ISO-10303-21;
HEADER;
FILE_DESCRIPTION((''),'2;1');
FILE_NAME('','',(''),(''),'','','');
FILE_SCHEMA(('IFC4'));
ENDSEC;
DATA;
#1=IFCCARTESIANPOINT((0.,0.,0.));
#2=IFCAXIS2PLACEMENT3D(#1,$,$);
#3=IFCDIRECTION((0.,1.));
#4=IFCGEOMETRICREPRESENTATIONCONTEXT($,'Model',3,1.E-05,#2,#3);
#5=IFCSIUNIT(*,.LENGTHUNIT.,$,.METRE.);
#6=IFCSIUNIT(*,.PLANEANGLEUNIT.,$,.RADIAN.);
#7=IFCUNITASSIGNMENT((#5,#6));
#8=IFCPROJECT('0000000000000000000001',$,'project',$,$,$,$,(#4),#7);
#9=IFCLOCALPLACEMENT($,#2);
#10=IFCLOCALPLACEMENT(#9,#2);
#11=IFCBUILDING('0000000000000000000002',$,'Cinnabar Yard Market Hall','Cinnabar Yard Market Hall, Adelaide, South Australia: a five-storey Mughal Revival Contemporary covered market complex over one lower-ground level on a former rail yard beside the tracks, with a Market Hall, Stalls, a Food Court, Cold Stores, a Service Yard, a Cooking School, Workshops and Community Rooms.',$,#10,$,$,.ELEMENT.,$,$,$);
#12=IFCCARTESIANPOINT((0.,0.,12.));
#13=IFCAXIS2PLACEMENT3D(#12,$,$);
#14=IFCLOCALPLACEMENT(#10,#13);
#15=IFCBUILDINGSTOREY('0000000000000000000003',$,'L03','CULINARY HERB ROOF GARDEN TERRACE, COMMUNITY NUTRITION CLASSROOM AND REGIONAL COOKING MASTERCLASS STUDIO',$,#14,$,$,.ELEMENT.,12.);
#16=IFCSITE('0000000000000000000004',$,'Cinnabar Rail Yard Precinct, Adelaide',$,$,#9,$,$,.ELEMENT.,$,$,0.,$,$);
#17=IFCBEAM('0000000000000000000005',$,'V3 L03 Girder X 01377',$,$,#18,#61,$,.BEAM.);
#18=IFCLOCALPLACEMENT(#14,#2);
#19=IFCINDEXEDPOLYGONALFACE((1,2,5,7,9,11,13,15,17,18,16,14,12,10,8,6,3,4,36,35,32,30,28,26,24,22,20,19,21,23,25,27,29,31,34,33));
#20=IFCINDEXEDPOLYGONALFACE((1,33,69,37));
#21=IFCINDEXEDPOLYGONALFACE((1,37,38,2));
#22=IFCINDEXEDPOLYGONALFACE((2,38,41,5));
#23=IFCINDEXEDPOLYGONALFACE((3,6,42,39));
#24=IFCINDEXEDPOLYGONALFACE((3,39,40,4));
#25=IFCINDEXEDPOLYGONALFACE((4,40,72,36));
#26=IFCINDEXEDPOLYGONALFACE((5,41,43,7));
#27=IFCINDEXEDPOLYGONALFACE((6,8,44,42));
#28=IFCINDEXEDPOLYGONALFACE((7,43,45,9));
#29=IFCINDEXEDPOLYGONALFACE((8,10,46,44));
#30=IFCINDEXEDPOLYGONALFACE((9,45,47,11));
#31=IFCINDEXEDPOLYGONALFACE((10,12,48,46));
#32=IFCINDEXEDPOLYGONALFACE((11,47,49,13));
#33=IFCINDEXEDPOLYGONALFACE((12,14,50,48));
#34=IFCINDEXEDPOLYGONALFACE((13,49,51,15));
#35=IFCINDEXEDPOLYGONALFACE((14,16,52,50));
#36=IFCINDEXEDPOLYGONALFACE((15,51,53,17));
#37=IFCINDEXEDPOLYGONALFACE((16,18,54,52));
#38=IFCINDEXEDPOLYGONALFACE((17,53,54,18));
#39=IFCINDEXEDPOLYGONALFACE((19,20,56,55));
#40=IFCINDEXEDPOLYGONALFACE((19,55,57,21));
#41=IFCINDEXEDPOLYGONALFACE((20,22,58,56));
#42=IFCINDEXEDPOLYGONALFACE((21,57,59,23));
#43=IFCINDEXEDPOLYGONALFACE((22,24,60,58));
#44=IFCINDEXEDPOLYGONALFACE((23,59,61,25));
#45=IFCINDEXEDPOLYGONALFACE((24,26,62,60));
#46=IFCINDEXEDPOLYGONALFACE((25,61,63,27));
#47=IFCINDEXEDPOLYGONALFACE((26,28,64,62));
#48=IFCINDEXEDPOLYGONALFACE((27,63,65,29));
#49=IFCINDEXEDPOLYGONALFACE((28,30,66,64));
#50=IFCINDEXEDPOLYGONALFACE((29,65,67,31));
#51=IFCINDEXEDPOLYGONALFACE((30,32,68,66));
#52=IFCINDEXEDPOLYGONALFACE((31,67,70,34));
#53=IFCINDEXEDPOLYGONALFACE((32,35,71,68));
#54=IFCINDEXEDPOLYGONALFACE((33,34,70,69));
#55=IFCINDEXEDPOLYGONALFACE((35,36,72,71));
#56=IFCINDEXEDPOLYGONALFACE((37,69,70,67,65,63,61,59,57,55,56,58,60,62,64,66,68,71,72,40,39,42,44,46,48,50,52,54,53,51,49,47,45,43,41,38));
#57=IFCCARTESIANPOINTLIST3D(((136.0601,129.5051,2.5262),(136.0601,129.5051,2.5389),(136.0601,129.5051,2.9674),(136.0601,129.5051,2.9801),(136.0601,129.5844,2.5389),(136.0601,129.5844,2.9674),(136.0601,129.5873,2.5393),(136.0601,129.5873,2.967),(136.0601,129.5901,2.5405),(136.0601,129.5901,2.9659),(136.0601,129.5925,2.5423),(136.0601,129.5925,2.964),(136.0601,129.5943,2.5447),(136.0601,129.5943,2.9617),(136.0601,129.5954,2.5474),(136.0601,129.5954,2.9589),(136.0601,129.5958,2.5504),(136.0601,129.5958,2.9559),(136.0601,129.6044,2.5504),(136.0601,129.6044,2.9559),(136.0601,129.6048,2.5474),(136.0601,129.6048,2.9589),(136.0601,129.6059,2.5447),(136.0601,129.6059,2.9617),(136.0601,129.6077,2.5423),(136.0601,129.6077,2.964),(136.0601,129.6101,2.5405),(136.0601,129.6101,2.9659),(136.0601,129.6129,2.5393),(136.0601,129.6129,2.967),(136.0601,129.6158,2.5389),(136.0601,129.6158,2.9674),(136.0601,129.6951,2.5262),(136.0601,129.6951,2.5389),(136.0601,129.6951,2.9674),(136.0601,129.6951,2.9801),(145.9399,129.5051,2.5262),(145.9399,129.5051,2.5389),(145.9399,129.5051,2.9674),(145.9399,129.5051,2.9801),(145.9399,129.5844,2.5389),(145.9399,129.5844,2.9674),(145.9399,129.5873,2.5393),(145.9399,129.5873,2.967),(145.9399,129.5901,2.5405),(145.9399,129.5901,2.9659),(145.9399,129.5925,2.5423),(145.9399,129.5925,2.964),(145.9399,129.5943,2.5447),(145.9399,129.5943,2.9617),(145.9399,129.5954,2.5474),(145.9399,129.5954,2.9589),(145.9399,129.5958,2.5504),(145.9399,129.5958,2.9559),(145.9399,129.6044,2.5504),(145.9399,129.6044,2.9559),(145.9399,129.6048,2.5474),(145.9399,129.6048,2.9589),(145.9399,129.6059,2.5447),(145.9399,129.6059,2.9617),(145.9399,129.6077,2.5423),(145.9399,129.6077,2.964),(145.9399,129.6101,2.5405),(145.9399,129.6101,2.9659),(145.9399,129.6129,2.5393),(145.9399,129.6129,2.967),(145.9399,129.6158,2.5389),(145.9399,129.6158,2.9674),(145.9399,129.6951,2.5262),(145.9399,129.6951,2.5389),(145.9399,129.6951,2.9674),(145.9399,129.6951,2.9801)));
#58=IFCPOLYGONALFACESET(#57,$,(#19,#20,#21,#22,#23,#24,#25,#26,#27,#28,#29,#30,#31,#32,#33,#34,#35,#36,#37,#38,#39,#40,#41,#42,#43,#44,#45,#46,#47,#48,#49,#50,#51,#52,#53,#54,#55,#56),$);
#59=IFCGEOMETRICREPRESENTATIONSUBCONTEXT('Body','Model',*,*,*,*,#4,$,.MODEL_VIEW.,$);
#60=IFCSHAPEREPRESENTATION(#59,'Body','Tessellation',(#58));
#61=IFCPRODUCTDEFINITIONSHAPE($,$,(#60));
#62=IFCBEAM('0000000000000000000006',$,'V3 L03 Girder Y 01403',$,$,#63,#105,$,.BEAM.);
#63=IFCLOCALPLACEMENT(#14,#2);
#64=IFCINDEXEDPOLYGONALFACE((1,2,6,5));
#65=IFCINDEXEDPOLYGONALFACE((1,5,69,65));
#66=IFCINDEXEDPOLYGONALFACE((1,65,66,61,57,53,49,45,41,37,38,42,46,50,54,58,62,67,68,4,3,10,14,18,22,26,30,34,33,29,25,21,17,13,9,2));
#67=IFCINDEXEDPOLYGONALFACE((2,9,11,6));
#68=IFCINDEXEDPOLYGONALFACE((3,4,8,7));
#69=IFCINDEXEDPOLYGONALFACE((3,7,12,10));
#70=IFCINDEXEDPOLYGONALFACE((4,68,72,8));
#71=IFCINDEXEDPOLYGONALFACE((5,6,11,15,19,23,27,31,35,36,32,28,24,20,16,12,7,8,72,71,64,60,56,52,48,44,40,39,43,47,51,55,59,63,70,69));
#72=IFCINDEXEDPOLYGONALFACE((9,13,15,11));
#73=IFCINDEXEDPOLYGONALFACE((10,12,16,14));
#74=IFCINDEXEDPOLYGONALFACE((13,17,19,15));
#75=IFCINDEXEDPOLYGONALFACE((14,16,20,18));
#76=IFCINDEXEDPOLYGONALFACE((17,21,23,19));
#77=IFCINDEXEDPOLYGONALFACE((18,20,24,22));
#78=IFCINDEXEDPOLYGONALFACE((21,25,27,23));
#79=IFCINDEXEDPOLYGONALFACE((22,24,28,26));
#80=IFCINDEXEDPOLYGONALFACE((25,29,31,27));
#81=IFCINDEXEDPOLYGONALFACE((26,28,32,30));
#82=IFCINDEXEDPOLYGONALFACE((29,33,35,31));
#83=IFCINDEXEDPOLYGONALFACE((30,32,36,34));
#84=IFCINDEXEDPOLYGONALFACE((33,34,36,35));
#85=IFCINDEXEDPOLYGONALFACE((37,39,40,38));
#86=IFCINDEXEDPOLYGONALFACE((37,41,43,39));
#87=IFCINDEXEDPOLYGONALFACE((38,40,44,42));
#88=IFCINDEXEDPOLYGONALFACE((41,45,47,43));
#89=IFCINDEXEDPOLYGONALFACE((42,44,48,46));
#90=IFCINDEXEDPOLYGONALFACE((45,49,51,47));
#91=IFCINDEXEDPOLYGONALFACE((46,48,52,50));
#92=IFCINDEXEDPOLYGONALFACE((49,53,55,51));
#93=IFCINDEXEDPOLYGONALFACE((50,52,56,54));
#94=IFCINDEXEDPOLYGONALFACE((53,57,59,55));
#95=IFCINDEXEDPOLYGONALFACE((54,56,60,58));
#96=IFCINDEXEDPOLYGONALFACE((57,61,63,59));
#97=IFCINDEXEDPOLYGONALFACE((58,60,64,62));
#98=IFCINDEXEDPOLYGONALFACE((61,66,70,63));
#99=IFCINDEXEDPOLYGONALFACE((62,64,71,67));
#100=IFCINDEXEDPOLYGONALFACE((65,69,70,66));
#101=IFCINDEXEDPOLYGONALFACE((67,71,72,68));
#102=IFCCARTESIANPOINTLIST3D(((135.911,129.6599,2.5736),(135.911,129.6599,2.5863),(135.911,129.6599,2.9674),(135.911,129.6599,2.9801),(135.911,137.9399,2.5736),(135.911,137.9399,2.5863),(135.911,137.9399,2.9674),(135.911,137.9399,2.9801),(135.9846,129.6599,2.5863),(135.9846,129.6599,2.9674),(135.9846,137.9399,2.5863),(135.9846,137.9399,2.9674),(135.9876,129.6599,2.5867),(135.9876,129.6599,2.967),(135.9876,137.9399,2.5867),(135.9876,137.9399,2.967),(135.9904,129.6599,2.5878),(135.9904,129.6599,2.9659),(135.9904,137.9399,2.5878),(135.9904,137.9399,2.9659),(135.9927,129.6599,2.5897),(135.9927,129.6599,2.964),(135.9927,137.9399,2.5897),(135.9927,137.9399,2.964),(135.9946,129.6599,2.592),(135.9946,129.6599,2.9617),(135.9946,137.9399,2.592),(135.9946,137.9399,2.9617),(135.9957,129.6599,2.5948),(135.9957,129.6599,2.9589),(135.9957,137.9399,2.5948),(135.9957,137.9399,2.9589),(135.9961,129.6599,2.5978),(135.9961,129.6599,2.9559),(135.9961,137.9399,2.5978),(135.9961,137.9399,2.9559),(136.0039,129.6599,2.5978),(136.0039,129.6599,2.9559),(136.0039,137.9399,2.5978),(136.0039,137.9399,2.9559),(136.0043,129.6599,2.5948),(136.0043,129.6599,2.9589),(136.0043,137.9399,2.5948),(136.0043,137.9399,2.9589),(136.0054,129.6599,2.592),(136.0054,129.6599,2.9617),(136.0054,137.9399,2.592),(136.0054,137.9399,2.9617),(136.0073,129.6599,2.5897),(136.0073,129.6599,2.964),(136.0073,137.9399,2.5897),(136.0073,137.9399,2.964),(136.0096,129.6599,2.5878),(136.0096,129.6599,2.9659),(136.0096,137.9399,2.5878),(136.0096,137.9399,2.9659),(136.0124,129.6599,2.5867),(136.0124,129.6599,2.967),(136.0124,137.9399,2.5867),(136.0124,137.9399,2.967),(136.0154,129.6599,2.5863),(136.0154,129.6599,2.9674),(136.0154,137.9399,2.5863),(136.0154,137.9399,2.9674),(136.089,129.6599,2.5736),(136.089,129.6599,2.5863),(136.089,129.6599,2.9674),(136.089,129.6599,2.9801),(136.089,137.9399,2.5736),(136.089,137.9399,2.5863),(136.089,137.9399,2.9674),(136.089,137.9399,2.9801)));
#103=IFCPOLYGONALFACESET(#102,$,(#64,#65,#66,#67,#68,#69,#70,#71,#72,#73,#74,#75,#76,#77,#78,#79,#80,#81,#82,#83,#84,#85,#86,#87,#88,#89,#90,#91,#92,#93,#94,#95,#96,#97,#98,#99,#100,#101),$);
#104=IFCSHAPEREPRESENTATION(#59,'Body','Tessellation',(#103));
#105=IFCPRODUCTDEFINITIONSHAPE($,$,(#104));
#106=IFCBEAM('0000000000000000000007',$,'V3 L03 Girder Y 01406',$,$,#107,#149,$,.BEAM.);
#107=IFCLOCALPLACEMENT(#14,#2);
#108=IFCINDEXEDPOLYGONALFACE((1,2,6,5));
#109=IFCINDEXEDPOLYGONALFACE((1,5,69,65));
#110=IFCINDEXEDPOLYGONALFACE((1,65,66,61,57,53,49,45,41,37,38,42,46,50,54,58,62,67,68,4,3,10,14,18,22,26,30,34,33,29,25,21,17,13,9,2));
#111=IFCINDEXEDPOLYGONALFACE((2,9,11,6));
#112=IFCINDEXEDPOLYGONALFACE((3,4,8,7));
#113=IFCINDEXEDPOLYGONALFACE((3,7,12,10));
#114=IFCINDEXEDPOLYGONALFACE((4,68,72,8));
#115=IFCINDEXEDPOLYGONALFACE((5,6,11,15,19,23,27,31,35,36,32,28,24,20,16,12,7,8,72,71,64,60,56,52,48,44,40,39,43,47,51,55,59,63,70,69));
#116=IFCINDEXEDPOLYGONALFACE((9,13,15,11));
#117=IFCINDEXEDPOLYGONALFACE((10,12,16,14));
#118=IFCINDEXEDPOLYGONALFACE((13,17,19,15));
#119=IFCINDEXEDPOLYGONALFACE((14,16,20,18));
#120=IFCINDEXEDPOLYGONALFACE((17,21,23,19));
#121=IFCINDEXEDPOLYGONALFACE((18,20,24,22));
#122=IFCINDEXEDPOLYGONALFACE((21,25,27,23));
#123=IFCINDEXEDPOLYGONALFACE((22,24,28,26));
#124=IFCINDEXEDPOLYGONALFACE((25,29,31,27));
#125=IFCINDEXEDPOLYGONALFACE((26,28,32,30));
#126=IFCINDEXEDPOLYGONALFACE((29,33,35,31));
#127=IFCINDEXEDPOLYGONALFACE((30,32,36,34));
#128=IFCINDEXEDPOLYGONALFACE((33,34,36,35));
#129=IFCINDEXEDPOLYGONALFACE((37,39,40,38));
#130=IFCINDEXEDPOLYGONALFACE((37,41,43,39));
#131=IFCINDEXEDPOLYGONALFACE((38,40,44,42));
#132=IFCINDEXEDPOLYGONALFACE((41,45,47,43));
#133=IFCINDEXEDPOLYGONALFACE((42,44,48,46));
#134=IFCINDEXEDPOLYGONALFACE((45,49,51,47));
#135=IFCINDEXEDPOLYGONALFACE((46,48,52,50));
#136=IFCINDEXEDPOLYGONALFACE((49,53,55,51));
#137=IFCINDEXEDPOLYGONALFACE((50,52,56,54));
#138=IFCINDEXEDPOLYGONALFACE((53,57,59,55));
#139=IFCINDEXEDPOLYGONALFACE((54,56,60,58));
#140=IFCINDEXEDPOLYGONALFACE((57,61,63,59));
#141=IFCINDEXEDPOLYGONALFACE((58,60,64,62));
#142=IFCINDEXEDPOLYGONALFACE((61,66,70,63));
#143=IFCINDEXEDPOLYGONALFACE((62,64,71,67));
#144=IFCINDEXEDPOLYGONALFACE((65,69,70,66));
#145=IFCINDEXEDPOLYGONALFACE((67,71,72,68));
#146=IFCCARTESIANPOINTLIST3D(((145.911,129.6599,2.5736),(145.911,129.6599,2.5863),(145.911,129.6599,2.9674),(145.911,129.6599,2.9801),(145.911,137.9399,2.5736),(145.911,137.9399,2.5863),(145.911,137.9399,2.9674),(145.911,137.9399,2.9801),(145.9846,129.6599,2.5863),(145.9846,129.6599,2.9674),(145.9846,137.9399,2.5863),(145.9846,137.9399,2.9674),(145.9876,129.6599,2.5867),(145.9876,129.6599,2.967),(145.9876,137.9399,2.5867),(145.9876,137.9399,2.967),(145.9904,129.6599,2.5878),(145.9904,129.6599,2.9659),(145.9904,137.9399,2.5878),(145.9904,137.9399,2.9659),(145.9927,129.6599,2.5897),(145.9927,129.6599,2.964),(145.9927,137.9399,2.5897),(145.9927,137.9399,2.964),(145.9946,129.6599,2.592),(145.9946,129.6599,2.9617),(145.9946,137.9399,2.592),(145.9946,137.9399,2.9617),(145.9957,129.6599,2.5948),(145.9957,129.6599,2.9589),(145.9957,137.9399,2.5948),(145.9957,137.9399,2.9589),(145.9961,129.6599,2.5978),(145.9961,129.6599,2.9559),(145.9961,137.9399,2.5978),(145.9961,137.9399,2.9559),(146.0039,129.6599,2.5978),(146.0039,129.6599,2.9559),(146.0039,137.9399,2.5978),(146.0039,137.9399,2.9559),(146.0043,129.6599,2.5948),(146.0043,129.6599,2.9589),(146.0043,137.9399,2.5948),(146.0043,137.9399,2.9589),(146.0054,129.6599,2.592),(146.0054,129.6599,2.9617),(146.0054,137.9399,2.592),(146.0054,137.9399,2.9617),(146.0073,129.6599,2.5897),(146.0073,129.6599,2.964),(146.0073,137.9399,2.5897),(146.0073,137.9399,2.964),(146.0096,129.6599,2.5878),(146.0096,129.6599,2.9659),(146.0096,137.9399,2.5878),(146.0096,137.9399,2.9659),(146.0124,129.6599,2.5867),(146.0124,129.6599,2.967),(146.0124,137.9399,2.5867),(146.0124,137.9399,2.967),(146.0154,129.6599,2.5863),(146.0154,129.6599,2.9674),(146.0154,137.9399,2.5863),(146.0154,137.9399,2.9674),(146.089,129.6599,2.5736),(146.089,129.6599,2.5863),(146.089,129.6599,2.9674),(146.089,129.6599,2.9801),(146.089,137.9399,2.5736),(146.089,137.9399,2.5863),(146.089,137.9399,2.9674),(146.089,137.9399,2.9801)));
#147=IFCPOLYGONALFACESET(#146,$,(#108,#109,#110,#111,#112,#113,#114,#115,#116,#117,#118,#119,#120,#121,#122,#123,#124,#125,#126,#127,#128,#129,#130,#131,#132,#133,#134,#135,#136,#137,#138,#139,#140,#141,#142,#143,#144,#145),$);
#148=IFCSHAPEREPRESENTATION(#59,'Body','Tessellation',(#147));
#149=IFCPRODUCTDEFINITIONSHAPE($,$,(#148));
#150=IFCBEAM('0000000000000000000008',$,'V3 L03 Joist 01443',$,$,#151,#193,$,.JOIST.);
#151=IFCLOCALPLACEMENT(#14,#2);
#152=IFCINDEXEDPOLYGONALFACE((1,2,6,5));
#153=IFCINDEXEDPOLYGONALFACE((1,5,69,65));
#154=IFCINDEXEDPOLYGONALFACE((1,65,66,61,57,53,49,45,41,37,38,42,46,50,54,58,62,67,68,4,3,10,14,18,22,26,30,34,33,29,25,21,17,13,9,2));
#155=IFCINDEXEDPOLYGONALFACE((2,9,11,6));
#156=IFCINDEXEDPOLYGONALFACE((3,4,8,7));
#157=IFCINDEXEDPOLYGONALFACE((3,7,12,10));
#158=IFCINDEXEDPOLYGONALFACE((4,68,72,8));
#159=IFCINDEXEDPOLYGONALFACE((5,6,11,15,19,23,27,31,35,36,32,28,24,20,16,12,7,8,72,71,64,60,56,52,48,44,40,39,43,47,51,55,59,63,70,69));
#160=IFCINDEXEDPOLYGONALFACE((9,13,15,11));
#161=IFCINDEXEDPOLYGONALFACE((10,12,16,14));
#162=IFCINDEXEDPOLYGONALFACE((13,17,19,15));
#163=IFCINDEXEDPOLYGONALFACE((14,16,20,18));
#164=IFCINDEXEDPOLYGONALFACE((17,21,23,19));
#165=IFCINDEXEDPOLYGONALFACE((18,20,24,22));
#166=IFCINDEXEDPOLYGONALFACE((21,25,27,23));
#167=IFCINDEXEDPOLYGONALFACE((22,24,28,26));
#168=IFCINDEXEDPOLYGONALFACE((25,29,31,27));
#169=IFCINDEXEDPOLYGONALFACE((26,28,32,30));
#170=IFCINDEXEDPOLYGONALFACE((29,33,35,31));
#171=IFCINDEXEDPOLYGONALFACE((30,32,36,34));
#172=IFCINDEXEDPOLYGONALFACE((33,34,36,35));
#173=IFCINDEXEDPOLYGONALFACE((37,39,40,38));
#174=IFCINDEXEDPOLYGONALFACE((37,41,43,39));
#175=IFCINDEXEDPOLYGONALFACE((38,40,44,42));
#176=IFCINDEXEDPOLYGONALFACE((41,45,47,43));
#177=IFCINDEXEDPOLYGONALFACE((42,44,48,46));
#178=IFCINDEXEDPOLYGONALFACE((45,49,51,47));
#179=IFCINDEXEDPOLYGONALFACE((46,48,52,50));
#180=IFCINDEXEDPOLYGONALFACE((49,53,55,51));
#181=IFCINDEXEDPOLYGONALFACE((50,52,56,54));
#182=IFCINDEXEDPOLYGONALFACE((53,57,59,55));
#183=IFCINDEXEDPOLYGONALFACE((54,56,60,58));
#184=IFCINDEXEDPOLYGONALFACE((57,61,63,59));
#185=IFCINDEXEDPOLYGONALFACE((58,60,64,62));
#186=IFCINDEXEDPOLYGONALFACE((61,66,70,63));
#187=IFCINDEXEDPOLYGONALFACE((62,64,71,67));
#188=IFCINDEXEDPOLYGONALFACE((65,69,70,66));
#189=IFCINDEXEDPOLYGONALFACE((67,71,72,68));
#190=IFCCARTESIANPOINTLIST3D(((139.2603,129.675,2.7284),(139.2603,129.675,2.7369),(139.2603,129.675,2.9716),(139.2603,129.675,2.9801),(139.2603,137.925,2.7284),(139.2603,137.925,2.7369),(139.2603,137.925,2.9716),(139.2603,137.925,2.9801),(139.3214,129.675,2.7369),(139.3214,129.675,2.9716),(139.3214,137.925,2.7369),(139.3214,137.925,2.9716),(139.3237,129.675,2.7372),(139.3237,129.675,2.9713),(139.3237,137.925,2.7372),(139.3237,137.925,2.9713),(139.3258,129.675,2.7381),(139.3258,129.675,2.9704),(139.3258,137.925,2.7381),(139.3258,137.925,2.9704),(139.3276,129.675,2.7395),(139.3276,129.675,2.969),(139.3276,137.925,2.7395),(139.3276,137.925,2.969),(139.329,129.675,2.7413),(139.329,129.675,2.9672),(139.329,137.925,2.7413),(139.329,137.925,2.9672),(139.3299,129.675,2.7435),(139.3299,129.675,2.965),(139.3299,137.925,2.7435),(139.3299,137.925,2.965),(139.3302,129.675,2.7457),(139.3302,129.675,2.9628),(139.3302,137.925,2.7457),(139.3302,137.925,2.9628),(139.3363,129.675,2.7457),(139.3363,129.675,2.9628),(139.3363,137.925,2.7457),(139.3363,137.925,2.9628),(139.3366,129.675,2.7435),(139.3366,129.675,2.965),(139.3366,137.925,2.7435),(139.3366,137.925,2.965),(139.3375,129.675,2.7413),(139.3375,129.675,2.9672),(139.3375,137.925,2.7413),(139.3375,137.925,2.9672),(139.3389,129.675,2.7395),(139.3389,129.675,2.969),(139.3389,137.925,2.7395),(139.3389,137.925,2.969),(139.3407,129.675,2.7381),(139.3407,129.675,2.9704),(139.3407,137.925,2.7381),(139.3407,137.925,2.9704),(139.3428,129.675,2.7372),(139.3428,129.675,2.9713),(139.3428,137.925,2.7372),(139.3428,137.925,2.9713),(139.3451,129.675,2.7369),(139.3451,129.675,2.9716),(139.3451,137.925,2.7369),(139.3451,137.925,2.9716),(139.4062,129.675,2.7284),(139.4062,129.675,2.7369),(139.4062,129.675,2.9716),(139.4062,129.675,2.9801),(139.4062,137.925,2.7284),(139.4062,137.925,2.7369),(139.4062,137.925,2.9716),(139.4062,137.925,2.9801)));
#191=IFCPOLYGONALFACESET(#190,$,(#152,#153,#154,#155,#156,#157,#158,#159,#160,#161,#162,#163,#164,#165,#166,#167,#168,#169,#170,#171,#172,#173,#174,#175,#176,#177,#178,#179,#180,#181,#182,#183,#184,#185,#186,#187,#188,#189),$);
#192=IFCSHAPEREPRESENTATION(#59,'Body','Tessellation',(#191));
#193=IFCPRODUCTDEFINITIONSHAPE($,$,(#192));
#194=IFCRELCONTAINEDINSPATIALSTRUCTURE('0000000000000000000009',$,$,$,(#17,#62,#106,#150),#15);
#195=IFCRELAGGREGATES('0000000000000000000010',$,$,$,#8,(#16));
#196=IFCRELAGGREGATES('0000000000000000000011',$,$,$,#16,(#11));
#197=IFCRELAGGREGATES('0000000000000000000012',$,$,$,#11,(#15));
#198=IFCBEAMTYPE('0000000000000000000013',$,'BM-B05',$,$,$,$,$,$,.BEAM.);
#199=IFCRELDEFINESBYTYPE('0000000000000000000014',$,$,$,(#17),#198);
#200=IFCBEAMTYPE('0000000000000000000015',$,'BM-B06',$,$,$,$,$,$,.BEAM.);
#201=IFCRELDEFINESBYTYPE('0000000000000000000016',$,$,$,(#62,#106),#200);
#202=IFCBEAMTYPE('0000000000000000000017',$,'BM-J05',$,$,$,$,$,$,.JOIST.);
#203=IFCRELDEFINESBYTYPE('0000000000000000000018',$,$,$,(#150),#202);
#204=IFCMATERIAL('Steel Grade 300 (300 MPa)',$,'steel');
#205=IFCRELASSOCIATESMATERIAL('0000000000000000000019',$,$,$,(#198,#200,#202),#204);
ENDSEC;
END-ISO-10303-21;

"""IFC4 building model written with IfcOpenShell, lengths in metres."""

from ifc_helpers import new_model, si_unit, direction, frame, origin, origin_2d_with_axis, place, context, subcontext, project, spatial, i_section, extrude, material, material_profile, profile_set, type_object, element, save


model = new_model("IFC4")

# Units and contexts
model_context = context("Model", 3, precision=1e-05, world=origin(), true_north=direction((0.0, 1.0)))
body_context = subcontext(model_context, "Body", "Model", "MODEL_VIEW")
ifc_project = project(units=[si_unit("LENGTHUNIT", "METRE"), si_unit("PLANEANGLEUNIT", "RADIAN")], contexts=[model_context])

# Site, building, storey
site_placement = place(None, origin())
site = spatial("IfcSite", under=ifc_project, at=site_placement, Name="Cinnabar Rail Yard Precinct, Adelaide", CompositionType="ELEMENT", RefElevation=0.0)
building_placement = place(site_placement, origin())
building = spatial("IfcBuilding", under=site, at=building_placement, Name="Cinnabar Yard Market Hall", Description="Cinnabar Yard Market Hall, Adelaide, South Australia: a five-storey Mughal Revival Contemporary covered market complex over one lower-ground level on a former rail yard beside the tracks, with a Market Hall, Stalls, a Food Court, Cold Stores, a Service Yard, a Cooking School, Workshops and Community Rooms.", CompositionType="ELEMENT")
storey_placement = place(building_placement, frame((0.0, 0.0, 12.0)))
storey = spatial("IfcBuildingStorey", under=building, at=storey_placement, Name="L03", Description="CULINARY HERB ROOF GARDEN TERRACE, COMMUNITY NUTRITION CLASSROOM AND REGIONAL COOKING MASTERCLASS STUDIO", CompositionType="ELEMENT", Elevation=12.0)

# Shared definitions
ifc_material_1 = material(Name="Steel Grade 300 (300 MPa)", Category="steel")

# Beams
ifc_material_profile_1 = material_profile(ifc_material_1, i_section(OverallWidth=0.1899, OverallDepth=0.4539, WebThickness=0.0085, FlangeThickness=0.0127, FilletRadius=0.0115, at=origin_2d_with_axis()), Name="460UB67.1")
ifc_profile_set_1 = profile_set([ifc_material_profile_1], Name="Steel Grade 300 (300 MPa)")
beam_type_1 = type_object("IfcBeamType", Name="BM-B05", PredefinedType="BEAM", material=ifc_profile_set_1)
beam_1_placement = place(storey_placement, frame((136.0601, 129.6001, 2.7532), z_axis=(1.0, 0.0, 0.0), x_axis=(0.0, 1.0, 0.0)))
element("IfcBeam", 1, at=beam_1_placement, inside=storey, type_object=beam_type_1, Name="V3 L03 Girder X 01377", PredefinedType="BEAM", context=body_context, shape_type="SweptSolid", body=[
    extrude(i_section(OverallWidth=0.1899, OverallDepth=0.4539, WebThickness=0.0085, FlangeThickness=0.0127, FilletRadius=0.0115, at=origin_2d_with_axis()), origin(), (0.0, 0.0, 1.0), 9.8799),
])
ifc_material_profile_2 = material_profile(ifc_material_1, i_section(OverallWidth=0.178, OverallDepth=0.4065, WebThickness=0.0078, FlangeThickness=0.0127, FilletRadius=0.0115, at=origin_2d_with_axis()), Name="410UB59.7")
ifc_profile_set_2 = profile_set([ifc_material_profile_2], Name="Steel Grade 300 (300 MPa)")
beam_type_2 = type_object("IfcBeamType", Name="BM-B06", PredefinedType="BEAM", material=ifc_profile_set_2)
for number, where, z_axis, x_axis, name in (
    (2, (136.0, 129.6599, 2.7769), (0.0, 1.0, 0.0), (-1.0, 0.0, 0.0), "V3 L03 Girder Y 01403"),
    (3, (146.0, 129.6599, 2.7769), (0.0, 1.0, 0.0), (-1.0, 0.0, 0.0), "V3 L03 Girder Y 01406"),
):
    element("IfcBeam", number, at=place(storey_placement, frame(where, z_axis=z_axis, x_axis=x_axis)), inside=storey, type_object=beam_type_2, Name=name, PredefinedType="BEAM", context=body_context, shape_type="SweptSolid", body=[
        extrude(i_section(OverallWidth=0.178, OverallDepth=0.4065, WebThickness=0.0078, FlangeThickness=0.0127, FilletRadius=0.0115, at=origin_2d_with_axis()), origin(), (0.0, 0.0, 1.0), 8.28),
    ])
ifc_material_profile_3 = material_profile(ifc_material_1, i_section(OverallWidth=0.146, OverallDepth=0.2517, WebThickness=0.0061, FlangeThickness=0.0085, FilletRadius=0.0088, at=origin_2d_with_axis()), Name="250UB31.4")
ifc_profile_set_3 = profile_set([ifc_material_profile_3], Name="Steel Grade 300 (300 MPa)")
beam_type_3 = type_object("IfcBeamType", Name="BM-J05", PredefinedType="JOIST", material=ifc_profile_set_3)
for number, where, z_axis, x_axis, name in (
    (4, (139.3333, 129.675, 2.8542), (0.0, 1.0, 0.0), (-1.0, 0.0, 0.0), "V3 L03 Joist 01443"),
):
    element("IfcBeam", number, at=place(storey_placement, frame(where, z_axis=z_axis, x_axis=x_axis)), inside=storey, type_object=beam_type_3, Name=name, PredefinedType="JOIST", context=body_context, shape_type="SweptSolid", body=[
        extrude(i_section(OverallWidth=0.146, OverallDepth=0.2517, WebThickness=0.0061, FlangeThickness=0.0085, FilletRadius=0.0088, at=origin_2d_with_axis()), origin(), (0.0, 0.0, 1.0), 8.25),
    ])

save(model, "model.ifc")
